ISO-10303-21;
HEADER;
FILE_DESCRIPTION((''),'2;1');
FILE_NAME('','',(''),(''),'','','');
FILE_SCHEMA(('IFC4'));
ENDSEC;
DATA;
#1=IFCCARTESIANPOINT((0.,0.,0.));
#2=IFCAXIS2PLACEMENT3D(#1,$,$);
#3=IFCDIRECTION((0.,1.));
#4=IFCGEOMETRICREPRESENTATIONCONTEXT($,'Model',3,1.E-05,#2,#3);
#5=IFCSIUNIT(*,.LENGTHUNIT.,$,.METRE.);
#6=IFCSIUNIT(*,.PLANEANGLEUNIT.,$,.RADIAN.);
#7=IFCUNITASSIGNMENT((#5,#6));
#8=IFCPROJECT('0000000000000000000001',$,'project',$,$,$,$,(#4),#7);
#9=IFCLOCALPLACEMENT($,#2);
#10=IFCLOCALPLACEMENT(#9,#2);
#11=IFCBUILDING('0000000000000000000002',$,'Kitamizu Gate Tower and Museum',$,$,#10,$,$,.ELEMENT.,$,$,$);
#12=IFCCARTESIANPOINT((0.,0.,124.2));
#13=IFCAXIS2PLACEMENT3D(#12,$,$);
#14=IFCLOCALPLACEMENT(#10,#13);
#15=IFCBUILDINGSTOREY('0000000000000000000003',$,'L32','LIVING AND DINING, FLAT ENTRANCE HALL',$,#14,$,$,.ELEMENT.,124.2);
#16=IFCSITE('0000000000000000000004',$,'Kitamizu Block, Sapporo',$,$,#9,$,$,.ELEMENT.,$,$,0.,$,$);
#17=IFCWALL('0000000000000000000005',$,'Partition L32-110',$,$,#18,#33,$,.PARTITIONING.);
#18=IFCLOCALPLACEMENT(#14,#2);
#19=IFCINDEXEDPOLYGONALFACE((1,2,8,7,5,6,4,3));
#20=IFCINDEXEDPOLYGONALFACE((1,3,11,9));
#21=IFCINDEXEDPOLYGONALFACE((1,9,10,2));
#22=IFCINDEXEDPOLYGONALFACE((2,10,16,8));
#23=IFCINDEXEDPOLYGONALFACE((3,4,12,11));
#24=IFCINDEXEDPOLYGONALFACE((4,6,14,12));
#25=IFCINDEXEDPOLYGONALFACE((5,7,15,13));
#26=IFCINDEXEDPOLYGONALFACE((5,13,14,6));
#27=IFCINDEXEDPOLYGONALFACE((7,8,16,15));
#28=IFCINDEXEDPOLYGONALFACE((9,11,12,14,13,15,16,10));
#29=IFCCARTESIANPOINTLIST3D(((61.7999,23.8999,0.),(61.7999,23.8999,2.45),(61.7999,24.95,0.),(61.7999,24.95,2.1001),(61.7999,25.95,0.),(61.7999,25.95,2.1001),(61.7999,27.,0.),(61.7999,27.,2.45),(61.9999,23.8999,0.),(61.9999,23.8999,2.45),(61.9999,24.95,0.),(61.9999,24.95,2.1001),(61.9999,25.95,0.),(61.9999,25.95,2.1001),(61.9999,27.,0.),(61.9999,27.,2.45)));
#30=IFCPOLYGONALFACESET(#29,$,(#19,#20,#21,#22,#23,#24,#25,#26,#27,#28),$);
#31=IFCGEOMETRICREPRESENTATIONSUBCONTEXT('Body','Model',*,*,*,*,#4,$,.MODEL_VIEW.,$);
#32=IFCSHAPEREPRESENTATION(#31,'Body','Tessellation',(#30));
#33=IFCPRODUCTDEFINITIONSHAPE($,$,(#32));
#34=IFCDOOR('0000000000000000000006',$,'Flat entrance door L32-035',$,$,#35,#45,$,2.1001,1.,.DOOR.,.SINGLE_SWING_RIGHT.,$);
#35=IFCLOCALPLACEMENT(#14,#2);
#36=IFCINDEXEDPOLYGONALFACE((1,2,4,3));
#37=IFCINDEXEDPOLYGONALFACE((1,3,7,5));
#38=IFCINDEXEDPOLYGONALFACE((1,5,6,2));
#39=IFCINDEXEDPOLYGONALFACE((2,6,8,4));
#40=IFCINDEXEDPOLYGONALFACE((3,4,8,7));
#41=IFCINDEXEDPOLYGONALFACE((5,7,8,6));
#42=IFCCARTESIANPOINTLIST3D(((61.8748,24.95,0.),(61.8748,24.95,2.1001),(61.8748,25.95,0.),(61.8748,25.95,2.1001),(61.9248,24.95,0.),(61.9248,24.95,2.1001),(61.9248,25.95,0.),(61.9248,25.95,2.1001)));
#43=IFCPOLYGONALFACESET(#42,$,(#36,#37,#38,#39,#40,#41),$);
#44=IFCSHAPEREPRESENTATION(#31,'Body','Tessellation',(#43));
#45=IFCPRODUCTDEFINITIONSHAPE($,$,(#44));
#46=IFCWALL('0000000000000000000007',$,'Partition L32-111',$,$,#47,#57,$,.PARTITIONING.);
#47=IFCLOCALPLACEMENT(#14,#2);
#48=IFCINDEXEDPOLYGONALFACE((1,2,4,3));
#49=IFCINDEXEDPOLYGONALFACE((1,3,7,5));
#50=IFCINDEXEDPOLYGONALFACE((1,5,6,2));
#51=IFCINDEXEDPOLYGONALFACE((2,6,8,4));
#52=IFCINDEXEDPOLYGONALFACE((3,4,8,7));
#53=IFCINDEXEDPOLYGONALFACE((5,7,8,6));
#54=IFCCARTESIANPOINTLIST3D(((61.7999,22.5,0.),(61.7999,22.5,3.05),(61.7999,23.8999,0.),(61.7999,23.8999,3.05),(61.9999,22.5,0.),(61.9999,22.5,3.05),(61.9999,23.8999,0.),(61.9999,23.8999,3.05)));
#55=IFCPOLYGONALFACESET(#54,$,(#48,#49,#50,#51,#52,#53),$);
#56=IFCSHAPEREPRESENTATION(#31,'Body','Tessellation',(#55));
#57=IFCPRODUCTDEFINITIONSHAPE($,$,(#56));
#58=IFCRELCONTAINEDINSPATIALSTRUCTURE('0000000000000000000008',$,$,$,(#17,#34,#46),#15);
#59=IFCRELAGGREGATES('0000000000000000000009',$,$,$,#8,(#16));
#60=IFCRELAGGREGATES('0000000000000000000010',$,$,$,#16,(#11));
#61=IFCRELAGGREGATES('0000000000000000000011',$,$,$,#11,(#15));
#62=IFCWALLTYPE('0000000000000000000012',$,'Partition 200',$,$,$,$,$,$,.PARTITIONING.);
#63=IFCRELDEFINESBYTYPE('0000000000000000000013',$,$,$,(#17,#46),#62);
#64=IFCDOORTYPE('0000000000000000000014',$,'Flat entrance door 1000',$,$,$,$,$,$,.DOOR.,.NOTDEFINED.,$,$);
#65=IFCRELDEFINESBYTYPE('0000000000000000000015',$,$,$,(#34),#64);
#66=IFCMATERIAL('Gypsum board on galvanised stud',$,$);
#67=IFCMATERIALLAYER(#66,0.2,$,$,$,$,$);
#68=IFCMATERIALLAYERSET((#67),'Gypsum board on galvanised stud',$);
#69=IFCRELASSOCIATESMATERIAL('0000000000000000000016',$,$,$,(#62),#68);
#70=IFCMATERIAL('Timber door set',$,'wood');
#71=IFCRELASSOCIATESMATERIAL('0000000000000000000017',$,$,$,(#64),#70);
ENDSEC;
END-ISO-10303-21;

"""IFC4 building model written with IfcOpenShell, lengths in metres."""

from ifc_helpers import new_model, si_unit, direction, frame, frame_2d, origin, place, context, subcontext, project, spatial, rectangle, extrude, material, layer, layer_set, type_object, element, fill, save


model = new_model("IFC4")

# Units and contexts
model_context = context("Model", 3, precision=1e-05, world=origin(), true_north=direction((0.0, 1.0)))
body_context = subcontext(model_context, "Body", "Model", "MODEL_VIEW")
ifc_project = project(units=[si_unit("LENGTHUNIT", "METRE"), si_unit("PLANEANGLEUNIT", "RADIAN")], contexts=[model_context])

# Site, building, storey
site_placement = place(None, origin())
site = spatial("IfcSite", under=ifc_project, at=site_placement, Name="Kitamizu Block, Sapporo", CompositionType="ELEMENT", RefElevation=0.0)
building_placement = place(site_placement, origin())
building = spatial("IfcBuilding", under=site, at=building_placement, Name="Kitamizu Gate Tower and Museum", CompositionType="ELEMENT")
storey_placement = place(building_placement, frame((0.0, 0.0, 124.2)))
storey = spatial("IfcBuildingStorey", under=building, at=storey_placement, Name="L32", Description="LIVING AND DINING, FLAT ENTRANCE HALL", CompositionType="ELEMENT", Elevation=124.2)

# Wall, opening, door
ifc_material_1 = material(Name="Gypsum board on galvanised stud")
ifc_layer_1 = layer(ifc_material_1, 0.2)
ifc_layer_set_1 = layer_set([ifc_layer_1], Name="Gypsum board on galvanised stud")
wall_type_1 = type_object("IfcWallType", Name="Partition 200", PredefinedType="PARTITIONING", material=ifc_layer_set_1)
wall_1_placement = place(storey_placement, frame((61.8999, 27.0, 0.0), z_axis=(0.0, 0.0, 1.0), x_axis=(0.0, -1.0, 0.0)))
wall_1 = element("IfcWall", 1, at=wall_1_placement, inside=storey, type_object=wall_type_1, Name="Partition L32-110", PredefinedType="PARTITIONING", context=body_context, shape_type="SweptSolid", body=[
    extrude(rectangle(XDim=3.1001, YDim=0.2, at=frame_2d((1.55, 0.0))), origin(), (0.0, 0.0, 1.0), 2.45),
])
opening_1_placement = place(wall_1_placement, frame((1.05, 0.0, 0.0)))
opening_1 = element("IfcOpeningElement", 2, at=opening_1_placement, cuts=wall_1, PredefinedType="OPENING", context=body_context, shape_type="SweptSolid", body=[
    extrude(rectangle(XDim=1.0, YDim=2.1001, at=frame_2d((0.5, 1.05))), frame((0.0, 0.1099, 0.0), z_axis=(0.0, -1.0, 0.0), x_axis=(1.0, 0.0, 0.0)), (0.0, 0.0, 1.0), 0.22),
])
ifc_material_2 = material(Name="Timber door set", Category="wood")
door_type_1 = type_object("IfcDoorType", Name="Flat entrance door 1000", OperationType="NOTDEFINED", PredefinedType="DOOR", material=ifc_material_2)
door_1_placement = place(opening_1_placement, origin())
door_1 = element("IfcDoor", 3, at=door_1_placement, inside=storey, type_object=door_type_1, Name="Flat entrance door L32-035", OperationType="SINGLE_SWING_RIGHT", OverallHeight=2.1001, OverallWidth=1.0, PredefinedType="DOOR", context=body_context, shape_type="SweptSolid", body=[
    extrude(rectangle(XDim=1.0, YDim=2.1001, at=frame_2d((0.5, 1.05))), frame((0.0, 0.0249, 0.0), z_axis=(0.0, -1.0, 0.0), x_axis=(1.0, 0.0, 0.0)), (0.0, 0.0, 1.0), 0.05),
])
fill(opening_1, door_1)

# Wall
wall_2_placement = place(storey_placement, frame((61.8999, 23.8999, 0.0), z_axis=(0.0, 0.0, 1.0), x_axis=(0.0, -1.0, 0.0)))
element("IfcWall", 4, at=wall_2_placement, inside=storey, type_object=wall_type_1, Name="Partition L32-111", PredefinedType="PARTITIONING", context=body_context, shape_type="SweptSolid", body=[
    extrude(rectangle(XDim=1.3999, YDim=0.2, at=frame_2d((0.7, 0.0))), origin(), (0.0, 0.0, 1.0), 3.05),
])

save(model, "model.ifc")
